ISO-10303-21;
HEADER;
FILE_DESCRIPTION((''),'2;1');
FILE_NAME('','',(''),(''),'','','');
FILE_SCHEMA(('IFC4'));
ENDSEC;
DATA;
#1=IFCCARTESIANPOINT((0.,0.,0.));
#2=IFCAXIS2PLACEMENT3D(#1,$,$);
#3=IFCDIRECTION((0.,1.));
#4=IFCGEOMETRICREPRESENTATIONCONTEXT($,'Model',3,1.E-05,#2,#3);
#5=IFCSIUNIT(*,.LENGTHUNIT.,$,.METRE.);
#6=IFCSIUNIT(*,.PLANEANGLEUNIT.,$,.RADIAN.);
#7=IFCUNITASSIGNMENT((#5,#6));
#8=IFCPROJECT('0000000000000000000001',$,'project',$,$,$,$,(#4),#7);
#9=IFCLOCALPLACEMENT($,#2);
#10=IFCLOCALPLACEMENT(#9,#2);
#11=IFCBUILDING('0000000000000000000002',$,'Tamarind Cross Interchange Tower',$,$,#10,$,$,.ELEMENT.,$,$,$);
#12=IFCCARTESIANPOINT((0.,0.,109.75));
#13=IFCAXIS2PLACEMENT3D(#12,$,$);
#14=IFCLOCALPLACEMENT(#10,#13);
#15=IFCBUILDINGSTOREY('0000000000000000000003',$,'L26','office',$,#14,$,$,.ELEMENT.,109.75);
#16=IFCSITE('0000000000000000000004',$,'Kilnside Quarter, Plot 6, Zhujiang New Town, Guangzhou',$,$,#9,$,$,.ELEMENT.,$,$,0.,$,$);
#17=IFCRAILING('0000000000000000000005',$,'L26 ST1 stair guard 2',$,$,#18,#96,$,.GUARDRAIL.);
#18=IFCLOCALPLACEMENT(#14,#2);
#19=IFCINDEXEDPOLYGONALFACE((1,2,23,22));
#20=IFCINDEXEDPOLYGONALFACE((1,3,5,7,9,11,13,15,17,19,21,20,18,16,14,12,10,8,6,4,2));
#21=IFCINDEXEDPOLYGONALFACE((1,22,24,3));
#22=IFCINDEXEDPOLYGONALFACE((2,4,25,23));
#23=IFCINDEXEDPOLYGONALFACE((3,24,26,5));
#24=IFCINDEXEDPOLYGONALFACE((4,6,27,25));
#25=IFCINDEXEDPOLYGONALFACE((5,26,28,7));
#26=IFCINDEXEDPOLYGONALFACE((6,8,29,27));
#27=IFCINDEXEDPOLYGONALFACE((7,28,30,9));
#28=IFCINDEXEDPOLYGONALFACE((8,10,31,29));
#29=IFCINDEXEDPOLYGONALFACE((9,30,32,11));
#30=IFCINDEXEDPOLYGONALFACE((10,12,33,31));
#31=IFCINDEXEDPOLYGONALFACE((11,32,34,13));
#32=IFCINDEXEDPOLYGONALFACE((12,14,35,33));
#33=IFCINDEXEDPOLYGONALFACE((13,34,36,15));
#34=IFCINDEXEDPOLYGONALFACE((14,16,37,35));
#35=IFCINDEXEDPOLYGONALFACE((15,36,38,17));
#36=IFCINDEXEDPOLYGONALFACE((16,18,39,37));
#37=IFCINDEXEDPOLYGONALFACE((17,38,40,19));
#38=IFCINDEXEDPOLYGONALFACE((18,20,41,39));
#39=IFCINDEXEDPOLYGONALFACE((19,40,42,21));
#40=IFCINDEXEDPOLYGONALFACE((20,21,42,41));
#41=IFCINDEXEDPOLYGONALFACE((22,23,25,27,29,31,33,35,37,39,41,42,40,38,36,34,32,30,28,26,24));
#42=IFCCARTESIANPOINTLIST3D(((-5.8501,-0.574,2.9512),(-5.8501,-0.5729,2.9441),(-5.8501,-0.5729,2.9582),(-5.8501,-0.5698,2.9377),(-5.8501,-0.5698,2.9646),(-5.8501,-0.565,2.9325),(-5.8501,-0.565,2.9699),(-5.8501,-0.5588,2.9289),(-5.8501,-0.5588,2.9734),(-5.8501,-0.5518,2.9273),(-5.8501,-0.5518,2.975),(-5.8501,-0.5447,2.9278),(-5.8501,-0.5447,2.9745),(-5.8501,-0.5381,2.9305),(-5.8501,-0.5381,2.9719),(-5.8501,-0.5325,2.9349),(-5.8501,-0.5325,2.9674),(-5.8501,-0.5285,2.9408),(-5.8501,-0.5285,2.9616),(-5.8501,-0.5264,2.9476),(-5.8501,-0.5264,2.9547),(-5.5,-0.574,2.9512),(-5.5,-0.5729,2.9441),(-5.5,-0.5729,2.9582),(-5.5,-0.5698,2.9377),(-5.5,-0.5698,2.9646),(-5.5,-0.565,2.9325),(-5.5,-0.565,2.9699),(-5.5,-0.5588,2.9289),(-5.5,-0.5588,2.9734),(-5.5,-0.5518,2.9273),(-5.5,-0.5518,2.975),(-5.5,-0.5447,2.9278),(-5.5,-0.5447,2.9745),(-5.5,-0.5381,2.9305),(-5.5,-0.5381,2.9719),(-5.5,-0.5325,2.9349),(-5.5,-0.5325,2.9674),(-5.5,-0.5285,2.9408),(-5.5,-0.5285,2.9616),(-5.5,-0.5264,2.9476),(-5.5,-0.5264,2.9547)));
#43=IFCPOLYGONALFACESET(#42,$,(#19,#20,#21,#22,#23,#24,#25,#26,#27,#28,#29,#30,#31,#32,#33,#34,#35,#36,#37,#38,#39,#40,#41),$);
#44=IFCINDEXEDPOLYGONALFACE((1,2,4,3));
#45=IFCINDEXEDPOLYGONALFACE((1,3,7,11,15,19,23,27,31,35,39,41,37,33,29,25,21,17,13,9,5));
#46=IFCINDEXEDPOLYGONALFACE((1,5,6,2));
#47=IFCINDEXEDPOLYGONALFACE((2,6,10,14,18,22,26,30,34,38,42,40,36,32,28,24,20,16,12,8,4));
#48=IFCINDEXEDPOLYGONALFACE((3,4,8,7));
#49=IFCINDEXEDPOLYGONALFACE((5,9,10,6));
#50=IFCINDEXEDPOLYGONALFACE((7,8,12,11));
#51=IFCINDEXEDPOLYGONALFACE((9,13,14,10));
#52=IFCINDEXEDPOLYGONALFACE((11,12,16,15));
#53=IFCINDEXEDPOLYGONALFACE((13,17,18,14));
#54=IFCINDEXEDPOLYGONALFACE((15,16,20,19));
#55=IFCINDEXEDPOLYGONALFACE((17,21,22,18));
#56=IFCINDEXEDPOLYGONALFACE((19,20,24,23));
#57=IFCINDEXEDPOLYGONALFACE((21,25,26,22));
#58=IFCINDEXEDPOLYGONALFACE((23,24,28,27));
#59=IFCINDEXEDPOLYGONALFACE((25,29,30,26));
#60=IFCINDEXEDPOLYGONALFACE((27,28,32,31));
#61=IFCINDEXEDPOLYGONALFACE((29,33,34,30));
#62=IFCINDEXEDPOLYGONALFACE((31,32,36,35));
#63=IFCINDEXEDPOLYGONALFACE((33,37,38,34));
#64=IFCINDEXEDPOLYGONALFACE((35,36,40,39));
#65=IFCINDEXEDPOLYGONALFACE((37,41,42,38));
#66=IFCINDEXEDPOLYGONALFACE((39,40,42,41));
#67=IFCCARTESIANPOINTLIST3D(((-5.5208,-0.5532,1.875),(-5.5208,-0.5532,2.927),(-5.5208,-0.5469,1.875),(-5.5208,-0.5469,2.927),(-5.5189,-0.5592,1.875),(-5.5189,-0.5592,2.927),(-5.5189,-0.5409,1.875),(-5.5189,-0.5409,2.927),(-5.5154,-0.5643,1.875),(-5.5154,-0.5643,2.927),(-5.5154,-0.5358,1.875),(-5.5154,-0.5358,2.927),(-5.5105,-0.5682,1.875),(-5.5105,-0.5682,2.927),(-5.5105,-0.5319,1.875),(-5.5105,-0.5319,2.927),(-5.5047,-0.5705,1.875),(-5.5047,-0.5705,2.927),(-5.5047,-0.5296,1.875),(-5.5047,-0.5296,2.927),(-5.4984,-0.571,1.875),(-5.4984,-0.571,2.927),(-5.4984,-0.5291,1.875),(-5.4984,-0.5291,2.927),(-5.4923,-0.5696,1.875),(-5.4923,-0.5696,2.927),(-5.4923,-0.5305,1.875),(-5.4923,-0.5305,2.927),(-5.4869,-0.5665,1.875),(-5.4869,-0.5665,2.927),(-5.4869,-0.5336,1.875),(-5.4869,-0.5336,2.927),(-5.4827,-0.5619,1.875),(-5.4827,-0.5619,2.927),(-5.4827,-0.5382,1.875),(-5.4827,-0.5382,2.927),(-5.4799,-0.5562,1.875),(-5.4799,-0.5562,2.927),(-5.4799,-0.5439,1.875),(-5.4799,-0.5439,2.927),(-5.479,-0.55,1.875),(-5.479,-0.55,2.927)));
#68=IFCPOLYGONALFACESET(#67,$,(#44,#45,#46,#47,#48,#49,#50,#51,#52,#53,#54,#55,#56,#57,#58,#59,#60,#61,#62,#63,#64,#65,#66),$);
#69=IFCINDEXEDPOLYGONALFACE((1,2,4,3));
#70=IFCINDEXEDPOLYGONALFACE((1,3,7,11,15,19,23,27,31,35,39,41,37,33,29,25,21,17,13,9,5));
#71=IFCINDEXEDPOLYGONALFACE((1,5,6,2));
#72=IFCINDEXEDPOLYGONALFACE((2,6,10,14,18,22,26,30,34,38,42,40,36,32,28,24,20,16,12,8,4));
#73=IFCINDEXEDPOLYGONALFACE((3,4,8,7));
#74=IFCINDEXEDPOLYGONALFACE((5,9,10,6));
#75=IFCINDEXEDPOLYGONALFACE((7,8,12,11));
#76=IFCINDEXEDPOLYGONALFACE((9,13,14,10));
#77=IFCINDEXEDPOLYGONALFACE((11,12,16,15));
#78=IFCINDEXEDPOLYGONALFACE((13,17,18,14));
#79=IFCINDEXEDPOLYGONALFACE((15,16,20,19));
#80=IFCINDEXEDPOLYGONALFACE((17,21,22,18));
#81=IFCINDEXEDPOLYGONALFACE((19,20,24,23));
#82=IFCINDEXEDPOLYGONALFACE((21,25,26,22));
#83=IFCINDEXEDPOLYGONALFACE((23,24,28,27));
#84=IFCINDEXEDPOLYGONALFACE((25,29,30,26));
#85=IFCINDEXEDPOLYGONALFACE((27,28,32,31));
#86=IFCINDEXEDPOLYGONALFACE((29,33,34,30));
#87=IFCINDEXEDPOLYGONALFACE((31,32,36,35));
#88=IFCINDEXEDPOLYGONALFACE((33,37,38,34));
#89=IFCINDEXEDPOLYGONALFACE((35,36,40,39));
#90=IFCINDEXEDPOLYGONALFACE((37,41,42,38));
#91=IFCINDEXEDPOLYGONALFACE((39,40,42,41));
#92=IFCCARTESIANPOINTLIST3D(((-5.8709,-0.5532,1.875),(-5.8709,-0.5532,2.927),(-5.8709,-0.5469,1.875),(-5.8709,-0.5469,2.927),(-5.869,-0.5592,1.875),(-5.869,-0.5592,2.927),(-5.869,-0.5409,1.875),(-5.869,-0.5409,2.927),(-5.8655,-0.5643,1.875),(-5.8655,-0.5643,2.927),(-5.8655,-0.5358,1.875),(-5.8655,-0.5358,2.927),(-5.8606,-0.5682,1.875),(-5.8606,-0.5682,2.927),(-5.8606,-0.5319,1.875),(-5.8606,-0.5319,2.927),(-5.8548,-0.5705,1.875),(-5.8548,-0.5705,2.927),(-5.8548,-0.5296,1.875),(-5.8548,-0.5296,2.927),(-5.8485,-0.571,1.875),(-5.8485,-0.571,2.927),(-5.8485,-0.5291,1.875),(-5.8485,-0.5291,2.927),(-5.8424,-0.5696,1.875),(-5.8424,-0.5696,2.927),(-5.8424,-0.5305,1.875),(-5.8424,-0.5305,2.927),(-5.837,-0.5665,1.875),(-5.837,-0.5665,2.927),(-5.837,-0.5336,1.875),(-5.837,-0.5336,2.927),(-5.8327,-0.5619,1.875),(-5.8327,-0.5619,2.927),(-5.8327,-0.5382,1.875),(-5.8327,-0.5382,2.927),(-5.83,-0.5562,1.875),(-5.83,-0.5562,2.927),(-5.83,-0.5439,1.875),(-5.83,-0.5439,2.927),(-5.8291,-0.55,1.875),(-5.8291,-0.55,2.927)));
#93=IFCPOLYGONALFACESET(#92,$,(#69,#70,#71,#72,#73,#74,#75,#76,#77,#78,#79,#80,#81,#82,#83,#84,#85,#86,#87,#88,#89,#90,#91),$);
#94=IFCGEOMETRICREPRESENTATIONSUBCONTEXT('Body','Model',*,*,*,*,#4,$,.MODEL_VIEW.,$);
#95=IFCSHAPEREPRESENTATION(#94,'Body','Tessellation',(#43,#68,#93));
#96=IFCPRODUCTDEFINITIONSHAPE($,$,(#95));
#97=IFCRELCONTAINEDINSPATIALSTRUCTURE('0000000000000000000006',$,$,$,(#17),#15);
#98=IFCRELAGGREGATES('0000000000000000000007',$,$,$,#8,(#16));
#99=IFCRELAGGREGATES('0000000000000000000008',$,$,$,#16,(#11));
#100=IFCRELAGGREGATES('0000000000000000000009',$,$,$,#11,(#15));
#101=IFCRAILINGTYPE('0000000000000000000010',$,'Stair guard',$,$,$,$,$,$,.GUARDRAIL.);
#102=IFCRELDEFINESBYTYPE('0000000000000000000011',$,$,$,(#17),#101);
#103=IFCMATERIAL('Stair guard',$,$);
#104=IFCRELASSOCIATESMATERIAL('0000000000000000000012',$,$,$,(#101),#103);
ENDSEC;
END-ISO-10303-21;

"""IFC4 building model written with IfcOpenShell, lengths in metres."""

from ifc_helpers import new_model, si_unit, direction, frame, origin, origin_2d, place, context, subcontext, project, spatial, circle, extrude, material, type_object, element, save


model = new_model("IFC4")

# Units and contexts
model_context = context("Model", 3, precision=1e-05, world=origin(), true_north=direction((0.0, 1.0)))
body_context = subcontext(model_context, "Body", "Model", "MODEL_VIEW")
ifc_project = project(units=[si_unit("LENGTHUNIT", "METRE"), si_unit("PLANEANGLEUNIT", "RADIAN")], contexts=[model_context])

# Site, building, storey
site_placement = place(None, origin())
site = spatial("IfcSite", under=ifc_project, at=site_placement, Name="Kilnside Quarter, Plot 6, Zhujiang New Town, Guangzhou", CompositionType="ELEMENT", RefElevation=0.0)
building_placement = place(site_placement, origin())
building = spatial("IfcBuilding", under=site, at=building_placement, Name="Tamarind Cross Interchange Tower", CompositionType="ELEMENT")
storey_placement = place(building_placement, frame((0.0, 0.0, 109.75)))
storey = spatial("IfcBuildingStorey", under=building, at=storey_placement, Name="L26", Description="office", CompositionType="ELEMENT", Elevation=109.75)

# Railing
ifc_material_1 = material(Name="Stair guard")
railing_type_1 = type_object("IfcRailingType", Name="Stair guard", PredefinedType="GUARDRAIL", material=ifc_material_1)
railing_1_placement = place(storey_placement, frame((-5.5, -0.55, 1.875)))
element("IfcRailing", 1, at=railing_1_placement, inside=storey, type_object=railing_type_1, Name="L26 ST1 stair guard 2", PredefinedType="GUARDRAIL", context=body_context, shape_type="SweptSolid", body=[
    extrude(circle(Radius=0.0239, at=origin_2d()), frame((0.0, 0.0, 1.0762), z_axis=(-1.0, 0.0, 0.0), x_axis=(0.0, -1.0, 0.0)), (0.0, 0.0, 1.0), 0.3501),
    extrude(circle(Radius=0.021, at=origin_2d()), origin(), (0.0, 0.0, 1.0), 1.052),
    extrude(circle(Radius=0.021, at=origin_2d()), frame((-0.3501, 0.0, 0.0)), (0.0, 0.0, 1.0), 1.052),
])

save(model, "model.ifc")
